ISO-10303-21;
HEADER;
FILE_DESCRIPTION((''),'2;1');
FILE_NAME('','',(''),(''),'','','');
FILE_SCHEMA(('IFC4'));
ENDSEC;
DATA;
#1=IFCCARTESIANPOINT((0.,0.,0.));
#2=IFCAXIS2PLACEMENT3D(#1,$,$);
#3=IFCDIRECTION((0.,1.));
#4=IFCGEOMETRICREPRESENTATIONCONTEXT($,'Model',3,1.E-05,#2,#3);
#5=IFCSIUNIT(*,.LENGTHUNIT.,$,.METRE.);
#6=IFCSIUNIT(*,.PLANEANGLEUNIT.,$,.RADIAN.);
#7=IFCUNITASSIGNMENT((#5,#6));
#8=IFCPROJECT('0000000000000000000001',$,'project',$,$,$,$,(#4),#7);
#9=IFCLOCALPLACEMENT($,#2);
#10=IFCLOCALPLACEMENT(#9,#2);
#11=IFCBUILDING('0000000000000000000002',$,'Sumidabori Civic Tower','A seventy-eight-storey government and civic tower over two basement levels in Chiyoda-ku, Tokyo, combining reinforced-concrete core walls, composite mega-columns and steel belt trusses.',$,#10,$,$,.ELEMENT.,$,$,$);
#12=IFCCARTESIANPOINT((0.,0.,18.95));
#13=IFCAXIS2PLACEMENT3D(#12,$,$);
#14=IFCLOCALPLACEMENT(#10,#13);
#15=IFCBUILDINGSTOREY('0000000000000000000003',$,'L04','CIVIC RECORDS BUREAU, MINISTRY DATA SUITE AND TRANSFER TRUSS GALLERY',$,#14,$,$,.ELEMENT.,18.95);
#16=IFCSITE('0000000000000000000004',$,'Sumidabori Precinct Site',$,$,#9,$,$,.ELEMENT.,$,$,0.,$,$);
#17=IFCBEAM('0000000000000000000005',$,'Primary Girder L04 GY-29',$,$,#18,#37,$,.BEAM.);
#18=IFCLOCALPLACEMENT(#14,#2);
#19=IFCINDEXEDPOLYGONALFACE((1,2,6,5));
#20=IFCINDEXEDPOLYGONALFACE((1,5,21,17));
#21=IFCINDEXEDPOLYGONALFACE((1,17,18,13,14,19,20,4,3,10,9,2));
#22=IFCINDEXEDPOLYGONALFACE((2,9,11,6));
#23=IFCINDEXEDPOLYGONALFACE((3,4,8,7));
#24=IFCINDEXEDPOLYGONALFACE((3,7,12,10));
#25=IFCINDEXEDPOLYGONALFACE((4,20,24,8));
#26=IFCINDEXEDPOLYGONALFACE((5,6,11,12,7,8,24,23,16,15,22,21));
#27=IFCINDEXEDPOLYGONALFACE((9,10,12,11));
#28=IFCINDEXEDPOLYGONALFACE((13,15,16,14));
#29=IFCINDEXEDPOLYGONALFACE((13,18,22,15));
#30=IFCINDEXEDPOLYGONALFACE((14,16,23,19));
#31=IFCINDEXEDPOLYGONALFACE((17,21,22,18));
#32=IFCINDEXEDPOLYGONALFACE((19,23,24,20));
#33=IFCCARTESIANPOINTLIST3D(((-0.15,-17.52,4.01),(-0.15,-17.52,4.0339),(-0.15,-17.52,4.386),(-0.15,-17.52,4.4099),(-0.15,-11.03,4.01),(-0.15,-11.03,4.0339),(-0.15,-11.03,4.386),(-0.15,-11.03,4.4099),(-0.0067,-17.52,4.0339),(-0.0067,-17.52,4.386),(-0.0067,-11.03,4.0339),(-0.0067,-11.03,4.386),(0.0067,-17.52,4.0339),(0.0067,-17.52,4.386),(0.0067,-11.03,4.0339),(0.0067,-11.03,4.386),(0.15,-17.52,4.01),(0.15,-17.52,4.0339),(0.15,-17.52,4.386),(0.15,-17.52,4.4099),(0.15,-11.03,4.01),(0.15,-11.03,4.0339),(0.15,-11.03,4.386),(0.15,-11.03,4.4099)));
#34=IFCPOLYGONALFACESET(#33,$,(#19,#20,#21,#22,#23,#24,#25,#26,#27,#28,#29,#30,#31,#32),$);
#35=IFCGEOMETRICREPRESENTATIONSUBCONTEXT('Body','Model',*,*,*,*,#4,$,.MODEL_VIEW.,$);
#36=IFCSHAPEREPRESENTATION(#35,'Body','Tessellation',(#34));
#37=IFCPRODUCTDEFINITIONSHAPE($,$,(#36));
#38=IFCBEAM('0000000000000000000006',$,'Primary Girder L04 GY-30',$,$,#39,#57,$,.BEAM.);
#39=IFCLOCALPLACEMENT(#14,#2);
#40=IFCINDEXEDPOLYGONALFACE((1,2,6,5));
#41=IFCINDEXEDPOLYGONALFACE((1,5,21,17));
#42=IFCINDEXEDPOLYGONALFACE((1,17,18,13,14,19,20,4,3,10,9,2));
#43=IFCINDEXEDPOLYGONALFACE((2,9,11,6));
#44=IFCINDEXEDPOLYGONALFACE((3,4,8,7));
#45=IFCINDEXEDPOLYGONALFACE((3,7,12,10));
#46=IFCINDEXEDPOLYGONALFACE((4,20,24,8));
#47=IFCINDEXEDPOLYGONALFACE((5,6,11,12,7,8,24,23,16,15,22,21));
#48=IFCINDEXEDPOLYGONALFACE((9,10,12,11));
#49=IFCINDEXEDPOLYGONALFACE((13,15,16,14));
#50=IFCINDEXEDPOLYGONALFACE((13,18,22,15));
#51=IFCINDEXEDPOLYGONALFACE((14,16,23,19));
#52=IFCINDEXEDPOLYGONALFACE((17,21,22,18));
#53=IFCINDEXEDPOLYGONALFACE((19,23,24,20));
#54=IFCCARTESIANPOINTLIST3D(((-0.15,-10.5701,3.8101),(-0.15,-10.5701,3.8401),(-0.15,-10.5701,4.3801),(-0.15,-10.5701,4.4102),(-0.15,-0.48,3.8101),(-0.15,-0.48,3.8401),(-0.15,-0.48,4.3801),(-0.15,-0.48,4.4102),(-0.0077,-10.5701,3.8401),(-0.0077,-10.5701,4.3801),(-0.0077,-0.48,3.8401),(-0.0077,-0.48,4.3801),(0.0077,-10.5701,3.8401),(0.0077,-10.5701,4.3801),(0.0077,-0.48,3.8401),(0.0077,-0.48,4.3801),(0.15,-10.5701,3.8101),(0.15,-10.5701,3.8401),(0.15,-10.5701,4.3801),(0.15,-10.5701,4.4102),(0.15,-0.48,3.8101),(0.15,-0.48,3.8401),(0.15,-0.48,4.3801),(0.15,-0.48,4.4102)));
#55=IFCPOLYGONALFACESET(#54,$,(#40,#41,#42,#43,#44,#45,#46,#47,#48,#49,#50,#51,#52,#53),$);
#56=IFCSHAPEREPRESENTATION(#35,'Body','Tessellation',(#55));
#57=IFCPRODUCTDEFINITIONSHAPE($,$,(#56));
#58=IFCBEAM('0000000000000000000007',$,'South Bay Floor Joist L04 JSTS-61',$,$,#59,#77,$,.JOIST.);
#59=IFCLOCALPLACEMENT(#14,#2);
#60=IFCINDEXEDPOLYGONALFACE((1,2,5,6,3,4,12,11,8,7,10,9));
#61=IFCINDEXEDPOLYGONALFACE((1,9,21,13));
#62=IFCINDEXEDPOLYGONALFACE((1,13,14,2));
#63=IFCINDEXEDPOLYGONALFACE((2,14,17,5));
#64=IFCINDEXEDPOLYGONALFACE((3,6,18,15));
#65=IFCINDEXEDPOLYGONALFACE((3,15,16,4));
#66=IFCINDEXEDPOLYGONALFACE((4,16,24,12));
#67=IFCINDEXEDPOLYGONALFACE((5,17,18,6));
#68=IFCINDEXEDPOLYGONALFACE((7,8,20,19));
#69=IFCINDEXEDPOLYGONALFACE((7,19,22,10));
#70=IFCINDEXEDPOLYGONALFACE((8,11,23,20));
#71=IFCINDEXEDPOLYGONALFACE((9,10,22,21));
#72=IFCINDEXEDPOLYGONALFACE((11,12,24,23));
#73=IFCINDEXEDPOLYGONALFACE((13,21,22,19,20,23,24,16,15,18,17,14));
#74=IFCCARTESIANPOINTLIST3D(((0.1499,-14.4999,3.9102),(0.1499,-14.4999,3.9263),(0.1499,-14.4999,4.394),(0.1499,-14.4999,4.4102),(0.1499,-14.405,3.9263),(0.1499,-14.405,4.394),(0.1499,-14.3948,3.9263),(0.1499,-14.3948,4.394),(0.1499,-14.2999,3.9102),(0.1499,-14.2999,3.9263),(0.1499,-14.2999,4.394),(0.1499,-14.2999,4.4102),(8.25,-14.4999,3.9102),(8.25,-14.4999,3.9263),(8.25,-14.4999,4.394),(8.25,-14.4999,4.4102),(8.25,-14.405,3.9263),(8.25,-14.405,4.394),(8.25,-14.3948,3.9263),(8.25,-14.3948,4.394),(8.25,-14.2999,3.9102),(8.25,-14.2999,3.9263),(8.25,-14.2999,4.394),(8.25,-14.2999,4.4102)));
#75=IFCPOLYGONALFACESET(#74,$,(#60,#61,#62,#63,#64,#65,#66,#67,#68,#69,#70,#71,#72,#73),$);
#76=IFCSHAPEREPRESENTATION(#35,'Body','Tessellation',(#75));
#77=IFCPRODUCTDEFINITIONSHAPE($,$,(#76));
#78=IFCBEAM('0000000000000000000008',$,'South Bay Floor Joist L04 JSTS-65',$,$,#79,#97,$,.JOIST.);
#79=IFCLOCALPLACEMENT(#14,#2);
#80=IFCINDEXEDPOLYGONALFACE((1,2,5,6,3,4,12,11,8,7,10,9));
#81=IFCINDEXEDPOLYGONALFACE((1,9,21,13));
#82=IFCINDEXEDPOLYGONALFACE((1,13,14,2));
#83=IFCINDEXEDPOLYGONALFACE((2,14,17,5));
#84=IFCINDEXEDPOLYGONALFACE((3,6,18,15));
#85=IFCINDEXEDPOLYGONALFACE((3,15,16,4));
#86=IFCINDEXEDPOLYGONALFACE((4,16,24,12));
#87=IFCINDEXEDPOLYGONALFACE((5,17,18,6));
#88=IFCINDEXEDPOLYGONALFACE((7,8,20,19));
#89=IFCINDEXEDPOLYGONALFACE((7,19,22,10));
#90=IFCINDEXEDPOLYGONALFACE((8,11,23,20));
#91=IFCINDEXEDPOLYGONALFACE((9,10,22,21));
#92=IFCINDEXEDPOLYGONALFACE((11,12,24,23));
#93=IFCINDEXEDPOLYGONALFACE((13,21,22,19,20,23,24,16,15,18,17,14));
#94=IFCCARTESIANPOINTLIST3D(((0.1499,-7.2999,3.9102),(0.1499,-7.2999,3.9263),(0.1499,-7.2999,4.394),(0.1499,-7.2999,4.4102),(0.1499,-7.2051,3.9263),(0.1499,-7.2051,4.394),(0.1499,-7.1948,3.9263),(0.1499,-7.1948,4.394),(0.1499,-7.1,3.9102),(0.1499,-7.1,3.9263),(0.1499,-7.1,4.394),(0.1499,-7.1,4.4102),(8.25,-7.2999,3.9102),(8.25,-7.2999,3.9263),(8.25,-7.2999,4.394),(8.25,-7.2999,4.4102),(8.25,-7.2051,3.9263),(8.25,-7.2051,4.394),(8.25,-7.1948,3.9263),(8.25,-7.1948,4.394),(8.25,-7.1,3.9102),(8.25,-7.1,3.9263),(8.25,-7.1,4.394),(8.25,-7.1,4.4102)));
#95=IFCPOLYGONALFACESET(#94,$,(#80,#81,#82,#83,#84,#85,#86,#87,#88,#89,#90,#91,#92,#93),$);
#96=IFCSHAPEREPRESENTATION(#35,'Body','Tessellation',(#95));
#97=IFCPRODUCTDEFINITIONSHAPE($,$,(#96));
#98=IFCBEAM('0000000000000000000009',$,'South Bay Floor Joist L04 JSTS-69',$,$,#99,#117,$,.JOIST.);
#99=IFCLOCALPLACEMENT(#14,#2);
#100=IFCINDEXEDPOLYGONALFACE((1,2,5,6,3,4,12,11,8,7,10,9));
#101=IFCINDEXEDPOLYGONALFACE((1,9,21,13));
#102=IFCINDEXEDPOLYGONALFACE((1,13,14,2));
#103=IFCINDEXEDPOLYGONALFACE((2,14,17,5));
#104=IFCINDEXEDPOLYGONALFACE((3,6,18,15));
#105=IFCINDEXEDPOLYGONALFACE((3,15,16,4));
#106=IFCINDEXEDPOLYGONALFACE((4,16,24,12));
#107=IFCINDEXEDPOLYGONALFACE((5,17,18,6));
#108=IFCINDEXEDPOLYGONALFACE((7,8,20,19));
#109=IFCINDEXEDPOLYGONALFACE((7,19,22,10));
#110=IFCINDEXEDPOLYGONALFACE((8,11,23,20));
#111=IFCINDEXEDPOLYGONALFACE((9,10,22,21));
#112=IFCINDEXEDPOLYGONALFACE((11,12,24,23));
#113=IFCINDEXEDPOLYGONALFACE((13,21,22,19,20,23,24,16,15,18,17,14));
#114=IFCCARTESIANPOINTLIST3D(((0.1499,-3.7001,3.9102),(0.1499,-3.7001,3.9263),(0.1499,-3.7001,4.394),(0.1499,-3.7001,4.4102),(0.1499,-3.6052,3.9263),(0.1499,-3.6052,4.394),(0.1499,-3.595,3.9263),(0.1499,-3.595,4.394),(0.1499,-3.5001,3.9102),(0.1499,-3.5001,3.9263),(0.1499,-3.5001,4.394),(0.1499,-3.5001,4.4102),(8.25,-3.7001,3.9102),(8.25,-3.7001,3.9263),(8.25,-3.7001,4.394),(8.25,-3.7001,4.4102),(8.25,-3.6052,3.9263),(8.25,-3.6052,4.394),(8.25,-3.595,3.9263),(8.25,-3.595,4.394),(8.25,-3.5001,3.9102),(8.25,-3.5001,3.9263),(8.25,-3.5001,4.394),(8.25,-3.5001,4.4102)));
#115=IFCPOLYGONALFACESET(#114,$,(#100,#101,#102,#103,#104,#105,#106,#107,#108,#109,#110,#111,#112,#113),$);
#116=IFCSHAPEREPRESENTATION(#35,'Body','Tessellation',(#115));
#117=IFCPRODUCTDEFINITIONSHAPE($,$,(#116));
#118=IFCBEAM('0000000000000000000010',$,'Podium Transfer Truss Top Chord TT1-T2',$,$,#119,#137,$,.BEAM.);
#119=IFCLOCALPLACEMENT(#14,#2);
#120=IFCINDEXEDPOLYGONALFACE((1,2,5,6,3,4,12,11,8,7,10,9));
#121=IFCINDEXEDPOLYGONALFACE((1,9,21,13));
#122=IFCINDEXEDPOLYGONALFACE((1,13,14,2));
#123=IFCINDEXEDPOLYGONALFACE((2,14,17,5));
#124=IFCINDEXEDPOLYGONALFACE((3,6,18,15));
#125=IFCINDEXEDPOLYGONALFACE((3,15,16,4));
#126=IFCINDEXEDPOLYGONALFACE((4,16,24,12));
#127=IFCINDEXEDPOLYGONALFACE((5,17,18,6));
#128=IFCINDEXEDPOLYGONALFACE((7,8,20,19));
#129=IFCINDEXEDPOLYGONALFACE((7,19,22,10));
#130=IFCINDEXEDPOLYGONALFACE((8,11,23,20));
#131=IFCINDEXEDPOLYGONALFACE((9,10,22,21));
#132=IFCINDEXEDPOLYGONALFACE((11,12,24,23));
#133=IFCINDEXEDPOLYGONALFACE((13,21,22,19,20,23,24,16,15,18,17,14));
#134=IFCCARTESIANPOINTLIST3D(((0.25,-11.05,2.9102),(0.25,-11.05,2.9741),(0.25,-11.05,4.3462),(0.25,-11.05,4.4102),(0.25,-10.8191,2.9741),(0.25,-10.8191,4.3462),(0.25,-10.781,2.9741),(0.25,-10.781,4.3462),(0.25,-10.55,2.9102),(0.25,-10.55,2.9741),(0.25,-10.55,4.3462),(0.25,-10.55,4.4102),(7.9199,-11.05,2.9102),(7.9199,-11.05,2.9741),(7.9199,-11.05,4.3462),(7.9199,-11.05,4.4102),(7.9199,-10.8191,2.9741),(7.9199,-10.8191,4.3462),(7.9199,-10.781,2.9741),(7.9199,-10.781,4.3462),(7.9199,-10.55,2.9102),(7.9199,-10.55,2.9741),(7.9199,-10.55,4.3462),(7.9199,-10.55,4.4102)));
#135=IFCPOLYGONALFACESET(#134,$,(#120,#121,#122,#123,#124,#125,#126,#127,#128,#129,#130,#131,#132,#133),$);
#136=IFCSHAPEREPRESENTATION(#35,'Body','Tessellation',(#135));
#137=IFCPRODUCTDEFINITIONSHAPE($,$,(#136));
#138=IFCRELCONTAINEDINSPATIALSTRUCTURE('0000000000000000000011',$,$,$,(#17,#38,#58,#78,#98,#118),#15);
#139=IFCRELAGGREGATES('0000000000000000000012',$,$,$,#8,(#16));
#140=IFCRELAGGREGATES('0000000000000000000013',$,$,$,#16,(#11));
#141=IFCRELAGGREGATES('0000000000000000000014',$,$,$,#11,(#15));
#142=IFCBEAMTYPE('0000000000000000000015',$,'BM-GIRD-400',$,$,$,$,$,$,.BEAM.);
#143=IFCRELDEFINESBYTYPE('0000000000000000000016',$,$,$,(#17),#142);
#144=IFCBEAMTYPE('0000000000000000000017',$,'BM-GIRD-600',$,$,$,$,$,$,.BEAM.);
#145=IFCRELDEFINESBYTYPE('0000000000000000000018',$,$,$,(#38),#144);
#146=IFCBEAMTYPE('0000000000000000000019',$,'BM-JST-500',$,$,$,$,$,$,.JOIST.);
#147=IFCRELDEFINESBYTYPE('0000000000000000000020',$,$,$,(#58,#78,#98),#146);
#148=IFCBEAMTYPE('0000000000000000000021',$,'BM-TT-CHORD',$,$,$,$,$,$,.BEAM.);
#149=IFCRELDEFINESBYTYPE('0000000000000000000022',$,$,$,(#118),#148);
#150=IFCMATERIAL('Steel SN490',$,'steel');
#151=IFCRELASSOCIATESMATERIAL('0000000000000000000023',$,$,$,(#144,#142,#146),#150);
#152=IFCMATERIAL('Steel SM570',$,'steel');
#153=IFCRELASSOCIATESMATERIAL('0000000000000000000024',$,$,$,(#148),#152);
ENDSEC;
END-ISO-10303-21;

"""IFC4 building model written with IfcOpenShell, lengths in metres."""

from ifc_helpers import new_model, si_unit, direction, frame, origin, origin_2d, place, context, subcontext, project, spatial, i_section, extrude, source, transform, mapped, material, material_profile, profile_set, type_object, element, save


model = new_model("IFC4")

# Units and contexts
model_context = context("Model", 3, precision=1e-05, world=origin(), true_north=direction((0.0, 1.0)))
body_context = subcontext(model_context, "Body", "Model", "MODEL_VIEW")
ifc_project = project(units=[si_unit("LENGTHUNIT", "METRE"), si_unit("PLANEANGLEUNIT", "RADIAN")], contexts=[model_context])

# Site, building, storey
site_placement = place(None, origin())
site = spatial("IfcSite", under=ifc_project, at=site_placement, Name="Sumidabori Precinct Site", CompositionType="ELEMENT", RefElevation=0.0)
building_placement = place(site_placement, origin())
building = spatial("IfcBuilding", under=site, at=building_placement, Name="Sumidabori Civic Tower", Description="A seventy-eight-storey government and civic tower over two basement levels in Chiyoda-ku, Tokyo, combining reinforced-concrete core walls, composite mega-columns and steel belt trusses.", CompositionType="ELEMENT")
storey_placement = place(building_placement, frame((0.0, 0.0, 18.95)))
storey = spatial("IfcBuildingStorey", under=building, at=storey_placement, Name="L04", Description="CIVIC RECORDS BUREAU, MINISTRY DATA SUITE AND TRANSFER TRUSS GALLERY", CompositionType="ELEMENT", Elevation=18.95)

# Shared definitions
ifc_material_1 = material(Name="Steel SM570", Category="steel")
ifc_material_2 = material(Name="Steel SN490", Category="steel")

# Beams
ifc_material_profile_1 = material_profile(ifc_material_2, i_section(OverallWidth=0.3, OverallDepth=0.6001, WebThickness=0.0154, FlangeThickness=0.03, at=origin_2d()), Name="HE 600 B")
ifc_profile_set_1 = profile_set([ifc_material_profile_1], Name="Steel SN490")
beam_type_1 = type_object("IfcBeamType", Name="BM-GIRD-600", PredefinedType="BEAM", material=ifc_profile_set_1)
ifc_material_profile_2 = material_profile(ifc_material_2, i_section(OverallWidth=0.3, OverallDepth=0.3999, WebThickness=0.0134, FlangeThickness=0.0239, at=origin_2d()), Name="HE 400 B")
ifc_profile_set_2 = profile_set([ifc_material_profile_2], Name="Steel SN490")
beam_type_2 = type_object("IfcBeamType", Name="BM-GIRD-400", PredefinedType="BEAM", material=ifc_profile_set_2)
shared_shape_1 = source(origin(), body_context, "Body", "SweptSolid", [
    extrude(i_section(OverallWidth=0.3, OverallDepth=0.3999, WebThickness=0.0134, FlangeThickness=0.0239, at=origin_2d()), origin(), (0.0, 0.0, 1.0), 6.49),
])
beam_1_placement = place(storey_placement, frame((0.0, -17.52, 4.21), z_axis=(0.0, 1.0, 0.0), x_axis=(-1.0, 0.0, 0.0)))
element("IfcBeam", 1, at=beam_1_placement, inside=storey, type_object=beam_type_2, Name="Primary Girder L04 GY-29", PredefinedType="BEAM", context=body_context, shape_type="MappedRepresentation", body=[
    mapped(shared_shape_1, transform((0.0, 0.0, 0.0), x_axis=(1.0, 0.0, 0.0), y_axis=(0.0, 1.0, 0.0), z_axis=(0.0, 0.0, 1.0), scale=1.0)),
])
shared_shape_2 = source(origin(), body_context, "Body", "SweptSolid", [
    extrude(i_section(OverallWidth=0.3, OverallDepth=0.6001, WebThickness=0.0154, FlangeThickness=0.03, at=origin_2d()), origin(), (0.0, 0.0, 1.0), 10.0901),
])
beam_2_placement = place(storey_placement, frame((0.0, -10.5701, 4.1101), z_axis=(0.0, 1.0, 0.0), x_axis=(-1.0, 0.0, 0.0)))
element("IfcBeam", 2, at=beam_2_placement, inside=storey, type_object=beam_type_1, Name="Primary Girder L04 GY-30", PredefinedType="BEAM", context=body_context, shape_type="MappedRepresentation", body=[
    mapped(shared_shape_2, transform((0.0, 0.0, 0.0), x_axis=(1.0, 0.0, 0.0), y_axis=(0.0, 1.0, 0.0), z_axis=(0.0, 0.0, 1.0), scale=1.0)),
])
ifc_material_profile_3 = material_profile(ifc_material_2, i_section(OverallWidth=0.2, OverallDepth=0.5, WebThickness=0.0103, FlangeThickness=0.0161, at=origin_2d()), Name="IPE 500")
ifc_profile_set_3 = profile_set([ifc_material_profile_3], Name="Steel SN490")
beam_type_3 = type_object("IfcBeamType", Name="BM-JST-500", PredefinedType="JOIST", material=ifc_profile_set_3)
shared_shape_3 = source(origin(), body_context, "Body", "SweptSolid", [
    extrude(i_section(OverallWidth=0.2, OverallDepth=0.5, WebThickness=0.0103, FlangeThickness=0.0161, at=origin_2d()), origin(), (0.0, 0.0, 1.0), 8.1001),
])
for number, where, z_axis, x_axis, name in (
    (3, (0.1499, -14.3999, 4.1602), (1.0, 0.0, 0.0), (0.0, 1.0, 0.0), "South Bay Floor Joist L04 JSTS-61"),
    (4, (0.1499, -7.2, 4.1602), (1.0, 0.0, 0.0), (0.0, 1.0, 0.0), "South Bay Floor Joist L04 JSTS-65"),
    (5, (0.1499, -3.6001, 4.1602), (1.0, 0.0, 0.0), (0.0, 1.0, 0.0), "South Bay Floor Joist L04 JSTS-69"),
):
    element("IfcBeam", number, at=place(storey_placement, frame(where, z_axis=z_axis, x_axis=x_axis)), inside=storey, type_object=beam_type_3, Name=name, PredefinedType="JOIST", context=body_context, shape_type="MappedRepresentation", body=[
        mapped(shared_shape_3, transform((0.0, 0.0, 0.0), x_axis=(1.0, 0.0, 0.0), y_axis=(0.0, 1.0, 0.0), z_axis=(0.0, 0.0, 1.0), scale=1.0)),
    ])
ifc_material_profile_4 = material_profile(ifc_material_1, i_section(OverallWidth=0.5, OverallDepth=1.5, WebThickness=0.0381, FlangeThickness=0.064, at=origin_2d()), Name="WTG 1500x500")
ifc_profile_set_4 = profile_set([ifc_material_profile_4], Name="Steel SM570")
beam_type_4 = type_object("IfcBeamType", Name="BM-TT-CHORD", PredefinedType="BEAM", material=ifc_profile_set_4)
shared_shape_4 = source(origin(), body_context, "Body", "SweptSolid", [
    extrude(i_section(OverallWidth=0.5, OverallDepth=1.5, WebThickness=0.0381, FlangeThickness=0.064, at=origin_2d()), origin(), (0.0, 0.0, 1.0), 7.6699),
])
beam_3_placement = place(storey_placement, frame((0.25, -10.8, 3.6602), z_axis=(1.0, 0.0, 0.0), x_axis=(0.0, 1.0, 0.0)))
element("IfcBeam", 6, at=beam_3_placement, inside=storey, type_object=beam_type_4, Name="Podium Transfer Truss Top Chord TT1-T2", PredefinedType="BEAM", context=body_context, shape_type="MappedRepresentation", body=[
    mapped(shared_shape_4, transform((0.0, 0.0, 0.0), x_axis=(1.0, 0.0, 0.0), y_axis=(0.0, 1.0, 0.0), z_axis=(0.0, 0.0, 1.0), scale=1.0)),
])

save(model, "model.ifc")
